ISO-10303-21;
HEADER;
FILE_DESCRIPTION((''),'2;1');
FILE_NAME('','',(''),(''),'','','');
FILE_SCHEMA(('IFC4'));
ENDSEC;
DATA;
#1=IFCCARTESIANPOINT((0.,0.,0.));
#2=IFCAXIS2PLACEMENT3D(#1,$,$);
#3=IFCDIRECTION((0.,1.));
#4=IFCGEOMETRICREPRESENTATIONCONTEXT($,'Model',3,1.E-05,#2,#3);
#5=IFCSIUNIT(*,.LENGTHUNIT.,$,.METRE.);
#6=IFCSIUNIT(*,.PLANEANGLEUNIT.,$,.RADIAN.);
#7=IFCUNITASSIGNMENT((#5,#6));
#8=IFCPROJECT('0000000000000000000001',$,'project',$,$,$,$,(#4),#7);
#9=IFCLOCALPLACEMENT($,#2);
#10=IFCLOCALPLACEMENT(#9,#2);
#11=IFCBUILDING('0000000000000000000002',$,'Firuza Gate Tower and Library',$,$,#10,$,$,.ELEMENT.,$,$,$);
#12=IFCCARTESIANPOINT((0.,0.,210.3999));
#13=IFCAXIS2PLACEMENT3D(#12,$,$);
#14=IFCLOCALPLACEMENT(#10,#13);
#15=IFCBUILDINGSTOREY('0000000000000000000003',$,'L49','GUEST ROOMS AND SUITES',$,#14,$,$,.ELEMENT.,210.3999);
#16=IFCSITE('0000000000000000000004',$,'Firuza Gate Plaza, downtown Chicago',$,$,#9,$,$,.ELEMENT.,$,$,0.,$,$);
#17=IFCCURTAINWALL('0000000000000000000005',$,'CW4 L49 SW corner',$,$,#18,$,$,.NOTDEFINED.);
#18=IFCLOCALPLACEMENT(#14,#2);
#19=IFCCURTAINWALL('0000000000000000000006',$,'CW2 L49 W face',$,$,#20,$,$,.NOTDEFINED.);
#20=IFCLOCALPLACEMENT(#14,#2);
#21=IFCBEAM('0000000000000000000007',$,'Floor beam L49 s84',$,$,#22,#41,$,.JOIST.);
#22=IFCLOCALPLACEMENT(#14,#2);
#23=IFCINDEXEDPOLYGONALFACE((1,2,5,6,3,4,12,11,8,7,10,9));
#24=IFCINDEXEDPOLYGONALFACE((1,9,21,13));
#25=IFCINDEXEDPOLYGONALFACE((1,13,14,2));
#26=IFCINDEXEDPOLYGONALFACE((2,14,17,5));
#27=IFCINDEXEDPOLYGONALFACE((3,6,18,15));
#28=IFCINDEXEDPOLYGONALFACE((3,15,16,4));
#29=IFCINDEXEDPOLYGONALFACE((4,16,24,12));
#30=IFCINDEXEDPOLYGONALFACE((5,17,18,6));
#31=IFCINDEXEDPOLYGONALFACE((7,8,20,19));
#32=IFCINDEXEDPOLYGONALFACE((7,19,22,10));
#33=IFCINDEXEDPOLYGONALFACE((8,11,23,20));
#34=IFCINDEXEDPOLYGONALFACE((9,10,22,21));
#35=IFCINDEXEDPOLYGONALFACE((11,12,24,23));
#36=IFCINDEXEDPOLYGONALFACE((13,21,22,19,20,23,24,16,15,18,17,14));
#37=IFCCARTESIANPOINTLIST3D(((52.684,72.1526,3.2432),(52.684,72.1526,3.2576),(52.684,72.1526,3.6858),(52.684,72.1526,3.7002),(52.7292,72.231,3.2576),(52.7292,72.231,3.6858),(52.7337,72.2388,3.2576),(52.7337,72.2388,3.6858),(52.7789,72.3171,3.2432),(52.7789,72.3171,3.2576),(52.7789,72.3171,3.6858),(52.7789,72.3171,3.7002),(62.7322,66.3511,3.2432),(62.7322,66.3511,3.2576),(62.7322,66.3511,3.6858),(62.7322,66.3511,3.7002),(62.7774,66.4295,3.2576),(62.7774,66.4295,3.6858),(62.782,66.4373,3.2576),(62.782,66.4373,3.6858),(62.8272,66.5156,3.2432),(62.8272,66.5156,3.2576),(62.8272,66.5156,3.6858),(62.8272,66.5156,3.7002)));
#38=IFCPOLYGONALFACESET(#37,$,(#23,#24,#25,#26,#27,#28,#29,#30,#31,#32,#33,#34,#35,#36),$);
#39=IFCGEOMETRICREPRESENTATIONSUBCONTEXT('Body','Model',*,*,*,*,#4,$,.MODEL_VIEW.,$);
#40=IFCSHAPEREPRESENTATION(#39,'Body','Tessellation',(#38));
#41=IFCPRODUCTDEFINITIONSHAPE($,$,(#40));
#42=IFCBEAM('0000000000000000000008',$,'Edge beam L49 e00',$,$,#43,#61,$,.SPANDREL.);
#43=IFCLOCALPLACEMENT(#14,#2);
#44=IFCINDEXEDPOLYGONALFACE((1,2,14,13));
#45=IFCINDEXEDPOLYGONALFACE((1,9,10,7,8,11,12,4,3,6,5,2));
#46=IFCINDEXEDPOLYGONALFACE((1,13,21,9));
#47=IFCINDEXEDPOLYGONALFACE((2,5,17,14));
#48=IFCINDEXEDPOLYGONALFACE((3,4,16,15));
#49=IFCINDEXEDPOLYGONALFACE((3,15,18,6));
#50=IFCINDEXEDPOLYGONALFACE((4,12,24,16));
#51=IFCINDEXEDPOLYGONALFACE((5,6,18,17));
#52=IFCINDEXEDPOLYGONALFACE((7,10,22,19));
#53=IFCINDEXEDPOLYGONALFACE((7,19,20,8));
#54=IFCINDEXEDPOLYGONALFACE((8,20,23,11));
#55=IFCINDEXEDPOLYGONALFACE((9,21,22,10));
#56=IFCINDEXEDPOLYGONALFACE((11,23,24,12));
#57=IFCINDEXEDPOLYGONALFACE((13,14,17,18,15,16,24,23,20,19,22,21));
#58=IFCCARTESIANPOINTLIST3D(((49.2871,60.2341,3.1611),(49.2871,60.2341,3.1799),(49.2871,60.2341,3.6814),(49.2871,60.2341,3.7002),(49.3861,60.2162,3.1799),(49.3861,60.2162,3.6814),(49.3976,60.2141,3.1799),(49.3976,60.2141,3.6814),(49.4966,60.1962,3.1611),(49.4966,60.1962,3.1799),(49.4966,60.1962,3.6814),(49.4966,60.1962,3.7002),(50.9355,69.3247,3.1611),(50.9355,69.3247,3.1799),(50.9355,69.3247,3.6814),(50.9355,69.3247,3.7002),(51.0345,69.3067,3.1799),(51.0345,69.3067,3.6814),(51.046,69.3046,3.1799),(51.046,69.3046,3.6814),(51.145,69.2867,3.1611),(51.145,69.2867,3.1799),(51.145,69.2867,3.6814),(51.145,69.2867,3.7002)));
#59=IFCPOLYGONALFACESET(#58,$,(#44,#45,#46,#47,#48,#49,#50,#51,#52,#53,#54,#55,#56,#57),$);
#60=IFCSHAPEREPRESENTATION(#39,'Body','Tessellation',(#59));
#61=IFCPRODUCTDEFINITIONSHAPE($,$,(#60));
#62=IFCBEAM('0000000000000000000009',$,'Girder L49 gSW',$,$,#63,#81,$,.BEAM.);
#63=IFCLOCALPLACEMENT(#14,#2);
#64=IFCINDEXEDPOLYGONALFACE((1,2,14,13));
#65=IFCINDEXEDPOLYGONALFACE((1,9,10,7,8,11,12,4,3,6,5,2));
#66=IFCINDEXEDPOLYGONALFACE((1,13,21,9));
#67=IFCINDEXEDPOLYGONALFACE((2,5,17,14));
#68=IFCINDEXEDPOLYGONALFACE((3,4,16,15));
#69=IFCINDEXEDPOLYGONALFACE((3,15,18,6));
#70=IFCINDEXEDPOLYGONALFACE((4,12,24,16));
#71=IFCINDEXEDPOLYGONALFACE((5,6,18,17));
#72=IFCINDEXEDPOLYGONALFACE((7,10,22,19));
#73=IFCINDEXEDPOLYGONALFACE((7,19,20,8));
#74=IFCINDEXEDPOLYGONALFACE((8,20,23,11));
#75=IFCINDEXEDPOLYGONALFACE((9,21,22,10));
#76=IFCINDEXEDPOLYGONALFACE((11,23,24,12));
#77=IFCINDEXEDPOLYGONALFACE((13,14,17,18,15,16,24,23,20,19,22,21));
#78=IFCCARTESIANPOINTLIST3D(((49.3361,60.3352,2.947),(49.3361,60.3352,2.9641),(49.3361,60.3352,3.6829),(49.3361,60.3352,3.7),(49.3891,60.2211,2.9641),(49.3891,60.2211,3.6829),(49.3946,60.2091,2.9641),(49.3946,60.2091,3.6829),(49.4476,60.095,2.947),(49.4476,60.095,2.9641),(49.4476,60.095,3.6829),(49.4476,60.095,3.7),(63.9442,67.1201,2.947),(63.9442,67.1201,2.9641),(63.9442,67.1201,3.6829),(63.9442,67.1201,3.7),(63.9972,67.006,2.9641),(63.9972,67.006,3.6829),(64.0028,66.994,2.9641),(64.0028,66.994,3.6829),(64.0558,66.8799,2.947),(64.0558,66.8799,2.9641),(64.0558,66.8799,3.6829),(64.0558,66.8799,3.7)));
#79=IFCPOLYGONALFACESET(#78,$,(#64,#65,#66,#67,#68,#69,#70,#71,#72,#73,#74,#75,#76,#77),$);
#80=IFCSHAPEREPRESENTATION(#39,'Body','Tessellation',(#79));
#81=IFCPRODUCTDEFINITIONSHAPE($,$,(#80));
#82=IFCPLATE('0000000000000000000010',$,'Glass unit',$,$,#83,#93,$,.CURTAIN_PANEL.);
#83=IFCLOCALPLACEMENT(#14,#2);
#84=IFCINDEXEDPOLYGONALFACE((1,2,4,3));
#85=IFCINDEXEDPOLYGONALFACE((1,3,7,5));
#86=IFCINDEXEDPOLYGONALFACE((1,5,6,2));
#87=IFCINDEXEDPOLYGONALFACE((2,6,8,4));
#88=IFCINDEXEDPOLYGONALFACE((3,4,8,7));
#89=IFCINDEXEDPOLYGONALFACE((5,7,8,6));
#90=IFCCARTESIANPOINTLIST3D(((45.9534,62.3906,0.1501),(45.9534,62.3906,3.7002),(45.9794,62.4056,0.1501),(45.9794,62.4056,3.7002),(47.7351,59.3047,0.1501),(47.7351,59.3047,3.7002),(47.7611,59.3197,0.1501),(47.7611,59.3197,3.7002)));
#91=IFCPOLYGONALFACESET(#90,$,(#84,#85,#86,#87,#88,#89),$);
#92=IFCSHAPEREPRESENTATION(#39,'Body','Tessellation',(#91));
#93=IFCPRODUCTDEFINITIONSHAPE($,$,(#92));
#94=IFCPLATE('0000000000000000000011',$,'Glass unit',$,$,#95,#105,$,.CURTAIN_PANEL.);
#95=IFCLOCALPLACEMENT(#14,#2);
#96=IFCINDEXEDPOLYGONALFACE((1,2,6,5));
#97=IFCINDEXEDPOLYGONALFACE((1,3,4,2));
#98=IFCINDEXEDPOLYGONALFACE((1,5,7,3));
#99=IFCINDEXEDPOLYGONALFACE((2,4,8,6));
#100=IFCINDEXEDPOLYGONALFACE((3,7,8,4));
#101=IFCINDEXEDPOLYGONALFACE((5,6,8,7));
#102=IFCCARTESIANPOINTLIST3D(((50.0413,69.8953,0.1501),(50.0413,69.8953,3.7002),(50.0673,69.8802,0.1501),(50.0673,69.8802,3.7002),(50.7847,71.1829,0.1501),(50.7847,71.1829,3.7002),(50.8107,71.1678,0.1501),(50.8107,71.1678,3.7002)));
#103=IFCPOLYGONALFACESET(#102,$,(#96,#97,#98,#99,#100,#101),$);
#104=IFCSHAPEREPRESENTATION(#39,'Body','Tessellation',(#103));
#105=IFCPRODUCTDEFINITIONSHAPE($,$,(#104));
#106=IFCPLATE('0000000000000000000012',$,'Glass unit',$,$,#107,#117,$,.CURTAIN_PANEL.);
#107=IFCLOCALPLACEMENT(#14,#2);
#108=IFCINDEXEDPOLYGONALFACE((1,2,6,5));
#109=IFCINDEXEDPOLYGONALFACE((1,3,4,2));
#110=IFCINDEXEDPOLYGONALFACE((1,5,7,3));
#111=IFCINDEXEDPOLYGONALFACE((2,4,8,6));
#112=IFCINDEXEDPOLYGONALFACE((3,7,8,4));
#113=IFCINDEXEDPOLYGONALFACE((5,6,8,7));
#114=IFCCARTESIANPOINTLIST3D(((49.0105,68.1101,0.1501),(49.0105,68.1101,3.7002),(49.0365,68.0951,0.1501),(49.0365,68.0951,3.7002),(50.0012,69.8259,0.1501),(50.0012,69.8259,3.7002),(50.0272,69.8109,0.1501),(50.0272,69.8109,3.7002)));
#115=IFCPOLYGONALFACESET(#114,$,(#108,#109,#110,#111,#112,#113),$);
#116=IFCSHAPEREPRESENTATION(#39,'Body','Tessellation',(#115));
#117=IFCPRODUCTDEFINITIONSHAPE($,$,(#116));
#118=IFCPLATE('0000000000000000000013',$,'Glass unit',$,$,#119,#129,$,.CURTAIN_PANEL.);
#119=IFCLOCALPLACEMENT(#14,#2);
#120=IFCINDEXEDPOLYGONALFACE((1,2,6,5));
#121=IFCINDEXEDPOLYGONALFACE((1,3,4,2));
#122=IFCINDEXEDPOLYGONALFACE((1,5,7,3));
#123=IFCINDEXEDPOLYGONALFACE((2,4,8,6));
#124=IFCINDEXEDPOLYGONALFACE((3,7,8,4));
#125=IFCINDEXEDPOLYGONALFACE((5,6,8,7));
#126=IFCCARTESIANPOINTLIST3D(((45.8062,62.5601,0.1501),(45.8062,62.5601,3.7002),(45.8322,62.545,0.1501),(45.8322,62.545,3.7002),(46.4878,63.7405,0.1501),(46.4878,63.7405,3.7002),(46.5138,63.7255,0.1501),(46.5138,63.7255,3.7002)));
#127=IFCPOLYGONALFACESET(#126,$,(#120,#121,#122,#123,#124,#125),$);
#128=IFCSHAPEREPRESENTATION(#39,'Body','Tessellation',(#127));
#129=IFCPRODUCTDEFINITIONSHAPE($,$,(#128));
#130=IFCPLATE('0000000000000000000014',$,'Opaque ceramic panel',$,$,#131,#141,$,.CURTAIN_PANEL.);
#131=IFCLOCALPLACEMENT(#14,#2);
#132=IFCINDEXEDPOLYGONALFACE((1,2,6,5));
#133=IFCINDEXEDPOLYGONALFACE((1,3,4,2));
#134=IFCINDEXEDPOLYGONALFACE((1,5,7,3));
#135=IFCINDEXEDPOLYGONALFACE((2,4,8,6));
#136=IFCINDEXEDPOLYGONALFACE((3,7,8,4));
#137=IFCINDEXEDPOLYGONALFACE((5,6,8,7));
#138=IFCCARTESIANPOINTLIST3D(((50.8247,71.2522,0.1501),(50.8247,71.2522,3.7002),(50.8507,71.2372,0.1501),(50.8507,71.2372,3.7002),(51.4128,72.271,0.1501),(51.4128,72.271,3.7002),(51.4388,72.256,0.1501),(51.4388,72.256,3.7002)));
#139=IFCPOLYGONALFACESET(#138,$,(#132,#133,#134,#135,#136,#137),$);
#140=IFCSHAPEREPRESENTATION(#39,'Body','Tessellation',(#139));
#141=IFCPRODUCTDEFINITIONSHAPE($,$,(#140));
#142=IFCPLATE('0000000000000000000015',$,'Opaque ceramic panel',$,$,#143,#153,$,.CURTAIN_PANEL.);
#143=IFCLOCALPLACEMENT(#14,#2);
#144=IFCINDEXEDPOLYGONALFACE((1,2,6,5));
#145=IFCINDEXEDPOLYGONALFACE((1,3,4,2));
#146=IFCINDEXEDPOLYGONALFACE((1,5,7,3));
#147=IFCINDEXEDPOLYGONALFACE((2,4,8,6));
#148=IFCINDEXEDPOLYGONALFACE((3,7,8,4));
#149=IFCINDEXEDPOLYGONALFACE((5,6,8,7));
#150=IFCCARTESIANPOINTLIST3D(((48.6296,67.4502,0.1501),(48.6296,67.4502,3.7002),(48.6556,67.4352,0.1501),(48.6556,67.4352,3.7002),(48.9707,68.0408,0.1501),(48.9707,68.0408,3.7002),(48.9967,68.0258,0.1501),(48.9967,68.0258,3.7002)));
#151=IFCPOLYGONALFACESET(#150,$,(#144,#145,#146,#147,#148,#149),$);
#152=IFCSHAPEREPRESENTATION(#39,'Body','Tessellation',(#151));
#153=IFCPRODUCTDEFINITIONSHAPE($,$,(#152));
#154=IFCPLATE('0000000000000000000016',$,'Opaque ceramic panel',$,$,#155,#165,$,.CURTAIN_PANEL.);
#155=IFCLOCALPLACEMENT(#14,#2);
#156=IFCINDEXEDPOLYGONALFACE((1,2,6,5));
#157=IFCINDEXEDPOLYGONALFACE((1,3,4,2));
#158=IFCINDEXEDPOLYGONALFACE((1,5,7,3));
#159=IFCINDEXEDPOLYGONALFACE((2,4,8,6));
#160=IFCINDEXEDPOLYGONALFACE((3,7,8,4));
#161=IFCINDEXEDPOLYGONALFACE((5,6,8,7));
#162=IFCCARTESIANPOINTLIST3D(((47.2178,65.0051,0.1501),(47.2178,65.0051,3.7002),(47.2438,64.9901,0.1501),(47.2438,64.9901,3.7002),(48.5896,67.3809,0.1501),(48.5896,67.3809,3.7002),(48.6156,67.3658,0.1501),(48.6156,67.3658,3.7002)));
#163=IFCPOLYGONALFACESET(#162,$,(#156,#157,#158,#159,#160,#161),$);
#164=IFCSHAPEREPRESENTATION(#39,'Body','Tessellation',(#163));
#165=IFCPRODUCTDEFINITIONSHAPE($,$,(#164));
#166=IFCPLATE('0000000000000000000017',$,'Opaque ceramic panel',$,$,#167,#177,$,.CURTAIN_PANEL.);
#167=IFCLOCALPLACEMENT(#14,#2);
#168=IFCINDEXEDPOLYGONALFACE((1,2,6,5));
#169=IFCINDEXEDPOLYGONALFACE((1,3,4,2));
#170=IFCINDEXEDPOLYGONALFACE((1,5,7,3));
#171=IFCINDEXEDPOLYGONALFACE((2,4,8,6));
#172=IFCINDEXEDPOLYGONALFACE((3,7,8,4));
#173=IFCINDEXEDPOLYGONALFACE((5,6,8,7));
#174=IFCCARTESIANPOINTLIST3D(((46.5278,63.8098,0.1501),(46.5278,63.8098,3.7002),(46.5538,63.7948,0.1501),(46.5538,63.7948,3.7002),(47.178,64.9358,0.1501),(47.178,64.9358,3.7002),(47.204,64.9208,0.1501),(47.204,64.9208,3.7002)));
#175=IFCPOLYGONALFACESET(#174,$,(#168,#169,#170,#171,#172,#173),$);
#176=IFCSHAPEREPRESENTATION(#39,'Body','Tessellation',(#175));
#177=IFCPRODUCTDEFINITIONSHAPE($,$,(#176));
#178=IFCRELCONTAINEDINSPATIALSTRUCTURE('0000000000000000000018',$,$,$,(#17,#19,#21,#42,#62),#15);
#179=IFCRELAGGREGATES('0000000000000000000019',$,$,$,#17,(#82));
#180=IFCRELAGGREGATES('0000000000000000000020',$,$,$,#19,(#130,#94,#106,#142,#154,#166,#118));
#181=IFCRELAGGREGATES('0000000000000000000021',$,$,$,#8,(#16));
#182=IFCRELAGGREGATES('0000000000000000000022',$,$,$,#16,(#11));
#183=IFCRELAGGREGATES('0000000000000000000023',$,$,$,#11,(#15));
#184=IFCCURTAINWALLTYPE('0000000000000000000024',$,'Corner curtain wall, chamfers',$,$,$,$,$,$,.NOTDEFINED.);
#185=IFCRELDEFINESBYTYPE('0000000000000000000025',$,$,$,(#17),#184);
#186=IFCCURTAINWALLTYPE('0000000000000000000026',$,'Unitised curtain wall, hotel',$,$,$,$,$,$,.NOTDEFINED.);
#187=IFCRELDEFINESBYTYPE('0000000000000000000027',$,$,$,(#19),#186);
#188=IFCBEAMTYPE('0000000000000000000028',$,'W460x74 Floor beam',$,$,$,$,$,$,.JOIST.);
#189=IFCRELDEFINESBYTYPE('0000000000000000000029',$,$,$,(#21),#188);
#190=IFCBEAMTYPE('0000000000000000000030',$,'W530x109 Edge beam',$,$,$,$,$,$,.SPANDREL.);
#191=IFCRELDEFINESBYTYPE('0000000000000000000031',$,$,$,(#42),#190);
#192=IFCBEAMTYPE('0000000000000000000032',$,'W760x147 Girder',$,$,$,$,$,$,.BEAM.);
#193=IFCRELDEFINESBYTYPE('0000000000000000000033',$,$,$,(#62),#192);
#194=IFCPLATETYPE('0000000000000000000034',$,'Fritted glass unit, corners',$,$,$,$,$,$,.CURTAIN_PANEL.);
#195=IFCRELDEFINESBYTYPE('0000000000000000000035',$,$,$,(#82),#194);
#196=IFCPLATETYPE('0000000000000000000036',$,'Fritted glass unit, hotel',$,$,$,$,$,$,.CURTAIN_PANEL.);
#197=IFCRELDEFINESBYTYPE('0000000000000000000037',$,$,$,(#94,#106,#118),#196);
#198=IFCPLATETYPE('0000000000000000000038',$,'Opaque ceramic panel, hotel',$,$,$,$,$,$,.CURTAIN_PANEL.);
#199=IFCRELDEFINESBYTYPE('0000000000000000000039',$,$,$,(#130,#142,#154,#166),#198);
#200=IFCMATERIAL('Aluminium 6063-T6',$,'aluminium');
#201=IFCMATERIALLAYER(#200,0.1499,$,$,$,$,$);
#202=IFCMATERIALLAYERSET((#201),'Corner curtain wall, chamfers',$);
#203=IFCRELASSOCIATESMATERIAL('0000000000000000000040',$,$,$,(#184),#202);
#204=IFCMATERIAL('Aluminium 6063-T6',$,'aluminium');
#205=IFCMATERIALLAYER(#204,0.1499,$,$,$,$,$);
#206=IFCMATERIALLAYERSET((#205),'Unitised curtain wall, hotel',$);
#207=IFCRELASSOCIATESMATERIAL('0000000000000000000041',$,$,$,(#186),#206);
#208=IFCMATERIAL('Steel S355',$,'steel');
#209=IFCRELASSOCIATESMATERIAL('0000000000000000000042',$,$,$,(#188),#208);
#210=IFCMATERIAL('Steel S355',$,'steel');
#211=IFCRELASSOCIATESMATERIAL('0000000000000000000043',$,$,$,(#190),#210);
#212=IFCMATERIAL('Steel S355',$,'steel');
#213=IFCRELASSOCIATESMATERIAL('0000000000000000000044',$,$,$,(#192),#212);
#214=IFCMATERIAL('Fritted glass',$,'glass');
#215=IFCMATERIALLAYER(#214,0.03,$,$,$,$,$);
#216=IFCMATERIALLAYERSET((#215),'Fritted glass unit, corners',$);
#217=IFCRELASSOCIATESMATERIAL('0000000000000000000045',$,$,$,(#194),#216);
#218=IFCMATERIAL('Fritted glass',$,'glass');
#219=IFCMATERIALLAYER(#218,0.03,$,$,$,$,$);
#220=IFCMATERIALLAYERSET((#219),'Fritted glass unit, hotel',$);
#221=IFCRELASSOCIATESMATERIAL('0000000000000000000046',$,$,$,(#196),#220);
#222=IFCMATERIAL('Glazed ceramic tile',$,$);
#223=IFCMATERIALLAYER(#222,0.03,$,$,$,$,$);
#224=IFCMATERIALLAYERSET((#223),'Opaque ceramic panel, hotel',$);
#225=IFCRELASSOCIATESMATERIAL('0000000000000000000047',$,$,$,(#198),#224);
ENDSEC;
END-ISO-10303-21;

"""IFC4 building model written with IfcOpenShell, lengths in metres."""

from ifc_helpers import new_model, si_unit, direction, frame, origin, origin_2d, place, context, subcontext, project, spatial, polyline, i_section, outline, extrude, material, layer, layer_set, material_profile, profile_set, type_object, element, aggregate, save


model = new_model("IFC4")

# Units and contexts
model_context = context("Model", 3, precision=1e-05, world=origin(), true_north=direction((0.0, 1.0)))
body_context = subcontext(model_context, "Body", "Model", "MODEL_VIEW")
ifc_project = project(units=[si_unit("LENGTHUNIT", "METRE"), si_unit("PLANEANGLEUNIT", "RADIAN")], contexts=[model_context])

# Site, building, storey
site_placement = place(None, origin())
site = spatial("IfcSite", under=ifc_project, at=site_placement, Name="Firuza Gate Plaza, downtown Chicago", CompositionType="ELEMENT", RefElevation=0.0)
building_placement = place(site_placement, origin())
building = spatial("IfcBuilding", under=site, at=building_placement, Name="Firuza Gate Tower and Library", CompositionType="ELEMENT")
storey_placement = place(building_placement, frame((0.0, 0.0, 210.3999)))
storey = spatial("IfcBuildingStorey", under=building, at=storey_placement, Name="L49", Description="GUEST ROOMS AND SUITES", CompositionType="ELEMENT", Elevation=210.3999)

# Curtain wall
ifc_material_1 = material(Name="Aluminium 6063-T6", Category="aluminium")
ifc_layer_1 = layer(ifc_material_1, 0.1499)
ifc_layer_set_1 = layer_set([ifc_layer_1], Name="Corner curtain wall, chamfers")
curtain_wall_type_1 = type_object("IfcCurtainWallType", Name="Corner curtain wall, chamfers", PredefinedType="NOTDEFINED", material=ifc_layer_set_1)
placement = place(storey_placement, origin())
curtain_wall_1 = element("IfcCurtainWall", 1, at=placement, inside=storey, type_object=curtain_wall_type_1, Name="CW4 L49 SW corner", PredefinedType="NOTDEFINED")

# Curtain wall
ifc_material_2 = material(Name="Aluminium 6063-T6", Category="aluminium")
ifc_layer_2 = layer(ifc_material_2, 0.1499)
ifc_layer_set_2 = layer_set([ifc_layer_2], Name="Unitised curtain wall, hotel")
curtain_wall_type_2 = type_object("IfcCurtainWallType", Name="Unitised curtain wall, hotel", PredefinedType="NOTDEFINED", material=ifc_layer_set_2)
curtain_wall_2 = element("IfcCurtainWall", 2, at=placement, inside=storey, type_object=curtain_wall_type_2, Name="CW2 L49 W face", PredefinedType="NOTDEFINED")

# Beams
ifc_material_3 = material(Name="Steel S355", Category="steel")
ifc_material_profile_1 = material_profile(ifc_material_3, i_section(OverallWidth=0.1899, OverallDepth=0.457, WebThickness=0.009, FlangeThickness=0.0144, at=origin_2d()))
ifc_profile_set_1 = profile_set([ifc_material_profile_1], Name="Steel S355")
beam_type_1 = type_object("IfcBeamType", Name="W460x74 Floor beam", PredefinedType="JOIST", material=ifc_profile_set_1)
beam_1_placement = place(storey_placement, frame((52.7314, 72.2349, 3.4717), z_axis=(0.866022, -0.500007, 0.0), x_axis=(0.500007, 0.866022, 0.0)))
element("IfcBeam", 3, at=beam_1_placement, inside=storey, type_object=beam_type_1, Name="Floor beam L49 s84", PredefinedType="JOIST", context=body_context, shape_type="SweptSolid", body=[
    extrude(i_section(OverallWidth=0.1899, OverallDepth=0.457, WebThickness=0.009, FlangeThickness=0.0144, at=origin_2d()), origin(), (0.0, 0.0, 1.0), 11.6028),
])
ifc_material_4 = material(Name="Steel S355", Category="steel")
ifc_material_profile_2 = material_profile(ifc_material_4, i_section(OverallWidth=0.2129, OverallDepth=0.5391, WebThickness=0.0117, FlangeThickness=0.0188, at=origin_2d()))
ifc_profile_set_2 = profile_set([ifc_material_profile_2], Name="Steel S355")
beam_type_2 = type_object("IfcBeamType", Name="W530x109 Edge beam", PredefinedType="SPANDREL", material=ifc_profile_set_2)
beam_2_placement = place(storey_placement, frame((51.0403, 69.3057, 3.4307), z_axis=(-0.178425, -0.983954, 0.0), x_axis=(0.983954, -0.178425, 0.0)))
element("IfcBeam", 4, at=beam_2_placement, inside=storey, type_object=beam_type_2, Name="Edge beam L49 e00", PredefinedType="SPANDREL", context=body_context, shape_type="SweptSolid", body=[
    extrude(i_section(OverallWidth=0.2129, OverallDepth=0.5391, WebThickness=0.0117, FlangeThickness=0.0188, at=origin_2d()), origin(), (0.0, 0.0, 1.0), 9.2388),
])
ifc_material_5 = material(Name="Steel S355", Category="steel")
ifc_material_profile_3 = material_profile(ifc_material_5, i_section(OverallWidth=0.2649, OverallDepth=0.7529, WebThickness=0.0132, FlangeThickness=0.0171, at=origin_2d()))
ifc_profile_set_3 = profile_set([ifc_material_profile_3], Name="Steel S355")
beam_type_3 = type_object("IfcBeamType", Name="W760x147 Girder", PredefinedType="BEAM", material=ifc_profile_set_3)
beam_3_placement = place(storey_placement, frame((49.3918, 60.2151, 3.3235), z_axis=(0.906948, 0.421242, 0.0), x_axis=(-0.421242, 0.906948, 0.0)))
element("IfcBeam", 5, at=beam_3_placement, inside=storey, type_object=beam_type_3, Name="Girder L49 gSW", PredefinedType="BEAM", context=body_context, shape_type="SweptSolid", body=[
    extrude(i_section(OverallWidth=0.2649, OverallDepth=0.7529, WebThickness=0.0132, FlangeThickness=0.0171, at=origin_2d()), origin(), (0.0, 0.0, 1.0), 16.1069),
])

# Plates
ifc_material_6 = material(Name="Fritted glass", Category="glass")
ifc_layer_3 = layer(ifc_material_6, 0.03)
ifc_layer_set_3 = layer_set([ifc_layer_3], Name="Fritted glass unit, corners")
plate_type_1 = type_object("IfcPlateType", Name="Fritted glass unit, corners", PredefinedType="CURTAIN_PANEL", material=ifc_layer_set_3)
plate_1_placement = place(storey_placement, frame((45.9534, 62.3906, 0.1501), z_axis=(-0.866017, -0.500015, 0.0), x_axis=(0.500015, -0.866017, 0.0)))
plate_1 = element("IfcPlate", 6, at=plate_1_placement, type_object=plate_type_1, Name="Glass unit", PredefinedType="CURTAIN_PANEL", context=body_context, shape_type="SweptSolid", body=[
    extrude(outline(polyline([(0.0, 0.0), (3.5634, 0.0), (3.5634, 3.55), (0.0, 3.55), (0.0, 0.0)])), origin(), (0.0, 0.0, -1.0), 0.03),
])
aggregate(curtain_wall_1, [plate_1])
ifc_material_7 = material(Name="Fritted glass", Category="glass")
ifc_layer_4 = layer(ifc_material_7, 0.03)
ifc_layer_set_4 = layer_set([ifc_layer_4], Name="Fritted glass unit, hotel")
plate_type_2 = type_object("IfcPlateType", Name="Fritted glass unit, hotel", PredefinedType="CURTAIN_PANEL", material=ifc_layer_set_4)
plate_2_placement = place(storey_placement, frame((50.7847, 71.1829, 0.1501), z_axis=(-0.866022, 0.500007, 0.0), x_axis=(-0.500007, -0.866022, 0.0)))
plate_2 = element("IfcPlate", 7, at=plate_2_placement, type_object=plate_type_2, Name="Glass unit", PredefinedType="CURTAIN_PANEL", context=body_context, shape_type="SweptSolid", body=[
    extrude(outline(polyline([(0.0, 0.0), (1.4868, 0.0), (1.4868, 3.55), (0.0, 3.55), (0.0, 0.0)])), origin(), (0.0, 0.0, -1.0), 0.03),
])
plate_3_placement = place(storey_placement, frame((50.0012, 69.8259, 0.1501), z_axis=(-0.866005, 0.500035, 0.0), x_axis=(-0.500035, -0.866005, 0.0)))
plate_3 = element("IfcPlate", 8, at=plate_3_placement, type_object=plate_type_2, Name="Glass unit", PredefinedType="CURTAIN_PANEL", context=body_context, shape_type="SweptSolid", body=[
    extrude(outline(polyline([(0.0, 0.0), (1.9813, 0.0), (1.9813, 3.55), (0.0, 3.55), (0.0, 0.0)])), origin(), (0.0, 0.0, -1.0), 0.03),
])
plate_4_placement = place(storey_placement, frame((46.4878, 63.7405, 0.1501), z_axis=(-0.865986, 0.500069, 0.0), x_axis=(-0.500069, -0.865986, 0.0)))
plate_4 = element("IfcPlate", 9, at=plate_4_placement, type_object=plate_type_2, Name="Glass unit", PredefinedType="CURTAIN_PANEL", context=body_context, shape_type="SweptSolid", body=[
    extrude(outline(polyline([(0.0, 0.0), (1.3631, 0.0), (1.3631, 3.55), (0.0, 3.55), (0.0, 0.0)])), origin(), (0.0, 0.0, -1.0), 0.03),
])
ifc_material_8 = material(Name="Glazed ceramic tile")
ifc_layer_5 = layer(ifc_material_8, 0.03)
ifc_layer_set_5 = layer_set([ifc_layer_5], Name="Opaque ceramic panel, hotel")
plate_type_3 = type_object("IfcPlateType", Name="Opaque ceramic panel, hotel", PredefinedType="CURTAIN_PANEL", material=ifc_layer_set_5)
plate_5_placement = place(storey_placement, frame((51.4128, 72.271, 0.1501), z_axis=(-0.866051, 0.499956, 0.0), x_axis=(-0.499956, -0.866051, 0.0)))
plate_5 = element("IfcPlate", 10, at=plate_5_placement, type_object=plate_type_3, Name="Opaque ceramic panel", PredefinedType="CURTAIN_PANEL", context=body_context, shape_type="SweptSolid", body=[
    extrude(outline(polyline([(0.0, 0.0), (1.1764, 0.0), (1.1764, 3.55), (0.0, 3.55), (0.0, 0.0)])), origin(), (0.0, 0.0, -1.0), 0.03),
])
plate_6_placement = place(storey_placement, frame((48.9707, 68.0408, 0.1501), z_axis=(-0.865965, 0.500105, 0.0), x_axis=(-0.500105, -0.865965, 0.0)))
plate_6 = element("IfcPlate", 11, at=plate_6_placement, type_object=plate_type_3, Name="Opaque ceramic panel", PredefinedType="CURTAIN_PANEL", context=body_context, shape_type="SweptSolid", body=[
    extrude(outline(polyline([(0.0, 0.0), (0.682, 0.0), (0.682, 3.55), (0.0, 3.55), (0.0, 0.0)])), origin(), (0.0, 0.0, -1.0), 0.03),
])
plate_7_placement = place(storey_placement, frame((48.5896, 67.3809, 0.1501), z_axis=(-0.865994, 0.500054, 0.0), x_axis=(-0.500054, -0.865994, 0.0)))
plate_7 = element("IfcPlate", 12, at=plate_7_placement, type_object=plate_type_3, Name="Opaque ceramic panel", PredefinedType="CURTAIN_PANEL", context=body_context, shape_type="SweptSolid", body=[
    extrude(outline(polyline([(0.0, 0.0), (2.7434, 0.0), (2.7434, 3.55), (0.0, 3.55), (0.0, 0.0)])), origin(), (0.0, 0.0, -1.0), 0.03),
])
plate_8_placement = place(storey_placement, frame((47.178, 64.9358, 0.1501), z_axis=(-0.866004, 0.500037, 0.0), x_axis=(-0.500037, -0.866004, 0.0)))
plate_8 = element("IfcPlate", 13, at=plate_8_placement, type_object=plate_type_3, Name="Opaque ceramic panel", PredefinedType="CURTAIN_PANEL", context=body_context, shape_type="SweptSolid", body=[
    extrude(outline(polyline([(0.0, 0.0), (1.3002, 0.0), (1.3002, 3.55), (0.0, 3.55), (0.0, 0.0)])), origin(), (0.0, 0.0, -1.0), 0.03),
])
aggregate(curtain_wall_2, [plate_5, plate_2, plate_3, plate_6, plate_7, plate_8, plate_4])

save(model, "model.ifc")
